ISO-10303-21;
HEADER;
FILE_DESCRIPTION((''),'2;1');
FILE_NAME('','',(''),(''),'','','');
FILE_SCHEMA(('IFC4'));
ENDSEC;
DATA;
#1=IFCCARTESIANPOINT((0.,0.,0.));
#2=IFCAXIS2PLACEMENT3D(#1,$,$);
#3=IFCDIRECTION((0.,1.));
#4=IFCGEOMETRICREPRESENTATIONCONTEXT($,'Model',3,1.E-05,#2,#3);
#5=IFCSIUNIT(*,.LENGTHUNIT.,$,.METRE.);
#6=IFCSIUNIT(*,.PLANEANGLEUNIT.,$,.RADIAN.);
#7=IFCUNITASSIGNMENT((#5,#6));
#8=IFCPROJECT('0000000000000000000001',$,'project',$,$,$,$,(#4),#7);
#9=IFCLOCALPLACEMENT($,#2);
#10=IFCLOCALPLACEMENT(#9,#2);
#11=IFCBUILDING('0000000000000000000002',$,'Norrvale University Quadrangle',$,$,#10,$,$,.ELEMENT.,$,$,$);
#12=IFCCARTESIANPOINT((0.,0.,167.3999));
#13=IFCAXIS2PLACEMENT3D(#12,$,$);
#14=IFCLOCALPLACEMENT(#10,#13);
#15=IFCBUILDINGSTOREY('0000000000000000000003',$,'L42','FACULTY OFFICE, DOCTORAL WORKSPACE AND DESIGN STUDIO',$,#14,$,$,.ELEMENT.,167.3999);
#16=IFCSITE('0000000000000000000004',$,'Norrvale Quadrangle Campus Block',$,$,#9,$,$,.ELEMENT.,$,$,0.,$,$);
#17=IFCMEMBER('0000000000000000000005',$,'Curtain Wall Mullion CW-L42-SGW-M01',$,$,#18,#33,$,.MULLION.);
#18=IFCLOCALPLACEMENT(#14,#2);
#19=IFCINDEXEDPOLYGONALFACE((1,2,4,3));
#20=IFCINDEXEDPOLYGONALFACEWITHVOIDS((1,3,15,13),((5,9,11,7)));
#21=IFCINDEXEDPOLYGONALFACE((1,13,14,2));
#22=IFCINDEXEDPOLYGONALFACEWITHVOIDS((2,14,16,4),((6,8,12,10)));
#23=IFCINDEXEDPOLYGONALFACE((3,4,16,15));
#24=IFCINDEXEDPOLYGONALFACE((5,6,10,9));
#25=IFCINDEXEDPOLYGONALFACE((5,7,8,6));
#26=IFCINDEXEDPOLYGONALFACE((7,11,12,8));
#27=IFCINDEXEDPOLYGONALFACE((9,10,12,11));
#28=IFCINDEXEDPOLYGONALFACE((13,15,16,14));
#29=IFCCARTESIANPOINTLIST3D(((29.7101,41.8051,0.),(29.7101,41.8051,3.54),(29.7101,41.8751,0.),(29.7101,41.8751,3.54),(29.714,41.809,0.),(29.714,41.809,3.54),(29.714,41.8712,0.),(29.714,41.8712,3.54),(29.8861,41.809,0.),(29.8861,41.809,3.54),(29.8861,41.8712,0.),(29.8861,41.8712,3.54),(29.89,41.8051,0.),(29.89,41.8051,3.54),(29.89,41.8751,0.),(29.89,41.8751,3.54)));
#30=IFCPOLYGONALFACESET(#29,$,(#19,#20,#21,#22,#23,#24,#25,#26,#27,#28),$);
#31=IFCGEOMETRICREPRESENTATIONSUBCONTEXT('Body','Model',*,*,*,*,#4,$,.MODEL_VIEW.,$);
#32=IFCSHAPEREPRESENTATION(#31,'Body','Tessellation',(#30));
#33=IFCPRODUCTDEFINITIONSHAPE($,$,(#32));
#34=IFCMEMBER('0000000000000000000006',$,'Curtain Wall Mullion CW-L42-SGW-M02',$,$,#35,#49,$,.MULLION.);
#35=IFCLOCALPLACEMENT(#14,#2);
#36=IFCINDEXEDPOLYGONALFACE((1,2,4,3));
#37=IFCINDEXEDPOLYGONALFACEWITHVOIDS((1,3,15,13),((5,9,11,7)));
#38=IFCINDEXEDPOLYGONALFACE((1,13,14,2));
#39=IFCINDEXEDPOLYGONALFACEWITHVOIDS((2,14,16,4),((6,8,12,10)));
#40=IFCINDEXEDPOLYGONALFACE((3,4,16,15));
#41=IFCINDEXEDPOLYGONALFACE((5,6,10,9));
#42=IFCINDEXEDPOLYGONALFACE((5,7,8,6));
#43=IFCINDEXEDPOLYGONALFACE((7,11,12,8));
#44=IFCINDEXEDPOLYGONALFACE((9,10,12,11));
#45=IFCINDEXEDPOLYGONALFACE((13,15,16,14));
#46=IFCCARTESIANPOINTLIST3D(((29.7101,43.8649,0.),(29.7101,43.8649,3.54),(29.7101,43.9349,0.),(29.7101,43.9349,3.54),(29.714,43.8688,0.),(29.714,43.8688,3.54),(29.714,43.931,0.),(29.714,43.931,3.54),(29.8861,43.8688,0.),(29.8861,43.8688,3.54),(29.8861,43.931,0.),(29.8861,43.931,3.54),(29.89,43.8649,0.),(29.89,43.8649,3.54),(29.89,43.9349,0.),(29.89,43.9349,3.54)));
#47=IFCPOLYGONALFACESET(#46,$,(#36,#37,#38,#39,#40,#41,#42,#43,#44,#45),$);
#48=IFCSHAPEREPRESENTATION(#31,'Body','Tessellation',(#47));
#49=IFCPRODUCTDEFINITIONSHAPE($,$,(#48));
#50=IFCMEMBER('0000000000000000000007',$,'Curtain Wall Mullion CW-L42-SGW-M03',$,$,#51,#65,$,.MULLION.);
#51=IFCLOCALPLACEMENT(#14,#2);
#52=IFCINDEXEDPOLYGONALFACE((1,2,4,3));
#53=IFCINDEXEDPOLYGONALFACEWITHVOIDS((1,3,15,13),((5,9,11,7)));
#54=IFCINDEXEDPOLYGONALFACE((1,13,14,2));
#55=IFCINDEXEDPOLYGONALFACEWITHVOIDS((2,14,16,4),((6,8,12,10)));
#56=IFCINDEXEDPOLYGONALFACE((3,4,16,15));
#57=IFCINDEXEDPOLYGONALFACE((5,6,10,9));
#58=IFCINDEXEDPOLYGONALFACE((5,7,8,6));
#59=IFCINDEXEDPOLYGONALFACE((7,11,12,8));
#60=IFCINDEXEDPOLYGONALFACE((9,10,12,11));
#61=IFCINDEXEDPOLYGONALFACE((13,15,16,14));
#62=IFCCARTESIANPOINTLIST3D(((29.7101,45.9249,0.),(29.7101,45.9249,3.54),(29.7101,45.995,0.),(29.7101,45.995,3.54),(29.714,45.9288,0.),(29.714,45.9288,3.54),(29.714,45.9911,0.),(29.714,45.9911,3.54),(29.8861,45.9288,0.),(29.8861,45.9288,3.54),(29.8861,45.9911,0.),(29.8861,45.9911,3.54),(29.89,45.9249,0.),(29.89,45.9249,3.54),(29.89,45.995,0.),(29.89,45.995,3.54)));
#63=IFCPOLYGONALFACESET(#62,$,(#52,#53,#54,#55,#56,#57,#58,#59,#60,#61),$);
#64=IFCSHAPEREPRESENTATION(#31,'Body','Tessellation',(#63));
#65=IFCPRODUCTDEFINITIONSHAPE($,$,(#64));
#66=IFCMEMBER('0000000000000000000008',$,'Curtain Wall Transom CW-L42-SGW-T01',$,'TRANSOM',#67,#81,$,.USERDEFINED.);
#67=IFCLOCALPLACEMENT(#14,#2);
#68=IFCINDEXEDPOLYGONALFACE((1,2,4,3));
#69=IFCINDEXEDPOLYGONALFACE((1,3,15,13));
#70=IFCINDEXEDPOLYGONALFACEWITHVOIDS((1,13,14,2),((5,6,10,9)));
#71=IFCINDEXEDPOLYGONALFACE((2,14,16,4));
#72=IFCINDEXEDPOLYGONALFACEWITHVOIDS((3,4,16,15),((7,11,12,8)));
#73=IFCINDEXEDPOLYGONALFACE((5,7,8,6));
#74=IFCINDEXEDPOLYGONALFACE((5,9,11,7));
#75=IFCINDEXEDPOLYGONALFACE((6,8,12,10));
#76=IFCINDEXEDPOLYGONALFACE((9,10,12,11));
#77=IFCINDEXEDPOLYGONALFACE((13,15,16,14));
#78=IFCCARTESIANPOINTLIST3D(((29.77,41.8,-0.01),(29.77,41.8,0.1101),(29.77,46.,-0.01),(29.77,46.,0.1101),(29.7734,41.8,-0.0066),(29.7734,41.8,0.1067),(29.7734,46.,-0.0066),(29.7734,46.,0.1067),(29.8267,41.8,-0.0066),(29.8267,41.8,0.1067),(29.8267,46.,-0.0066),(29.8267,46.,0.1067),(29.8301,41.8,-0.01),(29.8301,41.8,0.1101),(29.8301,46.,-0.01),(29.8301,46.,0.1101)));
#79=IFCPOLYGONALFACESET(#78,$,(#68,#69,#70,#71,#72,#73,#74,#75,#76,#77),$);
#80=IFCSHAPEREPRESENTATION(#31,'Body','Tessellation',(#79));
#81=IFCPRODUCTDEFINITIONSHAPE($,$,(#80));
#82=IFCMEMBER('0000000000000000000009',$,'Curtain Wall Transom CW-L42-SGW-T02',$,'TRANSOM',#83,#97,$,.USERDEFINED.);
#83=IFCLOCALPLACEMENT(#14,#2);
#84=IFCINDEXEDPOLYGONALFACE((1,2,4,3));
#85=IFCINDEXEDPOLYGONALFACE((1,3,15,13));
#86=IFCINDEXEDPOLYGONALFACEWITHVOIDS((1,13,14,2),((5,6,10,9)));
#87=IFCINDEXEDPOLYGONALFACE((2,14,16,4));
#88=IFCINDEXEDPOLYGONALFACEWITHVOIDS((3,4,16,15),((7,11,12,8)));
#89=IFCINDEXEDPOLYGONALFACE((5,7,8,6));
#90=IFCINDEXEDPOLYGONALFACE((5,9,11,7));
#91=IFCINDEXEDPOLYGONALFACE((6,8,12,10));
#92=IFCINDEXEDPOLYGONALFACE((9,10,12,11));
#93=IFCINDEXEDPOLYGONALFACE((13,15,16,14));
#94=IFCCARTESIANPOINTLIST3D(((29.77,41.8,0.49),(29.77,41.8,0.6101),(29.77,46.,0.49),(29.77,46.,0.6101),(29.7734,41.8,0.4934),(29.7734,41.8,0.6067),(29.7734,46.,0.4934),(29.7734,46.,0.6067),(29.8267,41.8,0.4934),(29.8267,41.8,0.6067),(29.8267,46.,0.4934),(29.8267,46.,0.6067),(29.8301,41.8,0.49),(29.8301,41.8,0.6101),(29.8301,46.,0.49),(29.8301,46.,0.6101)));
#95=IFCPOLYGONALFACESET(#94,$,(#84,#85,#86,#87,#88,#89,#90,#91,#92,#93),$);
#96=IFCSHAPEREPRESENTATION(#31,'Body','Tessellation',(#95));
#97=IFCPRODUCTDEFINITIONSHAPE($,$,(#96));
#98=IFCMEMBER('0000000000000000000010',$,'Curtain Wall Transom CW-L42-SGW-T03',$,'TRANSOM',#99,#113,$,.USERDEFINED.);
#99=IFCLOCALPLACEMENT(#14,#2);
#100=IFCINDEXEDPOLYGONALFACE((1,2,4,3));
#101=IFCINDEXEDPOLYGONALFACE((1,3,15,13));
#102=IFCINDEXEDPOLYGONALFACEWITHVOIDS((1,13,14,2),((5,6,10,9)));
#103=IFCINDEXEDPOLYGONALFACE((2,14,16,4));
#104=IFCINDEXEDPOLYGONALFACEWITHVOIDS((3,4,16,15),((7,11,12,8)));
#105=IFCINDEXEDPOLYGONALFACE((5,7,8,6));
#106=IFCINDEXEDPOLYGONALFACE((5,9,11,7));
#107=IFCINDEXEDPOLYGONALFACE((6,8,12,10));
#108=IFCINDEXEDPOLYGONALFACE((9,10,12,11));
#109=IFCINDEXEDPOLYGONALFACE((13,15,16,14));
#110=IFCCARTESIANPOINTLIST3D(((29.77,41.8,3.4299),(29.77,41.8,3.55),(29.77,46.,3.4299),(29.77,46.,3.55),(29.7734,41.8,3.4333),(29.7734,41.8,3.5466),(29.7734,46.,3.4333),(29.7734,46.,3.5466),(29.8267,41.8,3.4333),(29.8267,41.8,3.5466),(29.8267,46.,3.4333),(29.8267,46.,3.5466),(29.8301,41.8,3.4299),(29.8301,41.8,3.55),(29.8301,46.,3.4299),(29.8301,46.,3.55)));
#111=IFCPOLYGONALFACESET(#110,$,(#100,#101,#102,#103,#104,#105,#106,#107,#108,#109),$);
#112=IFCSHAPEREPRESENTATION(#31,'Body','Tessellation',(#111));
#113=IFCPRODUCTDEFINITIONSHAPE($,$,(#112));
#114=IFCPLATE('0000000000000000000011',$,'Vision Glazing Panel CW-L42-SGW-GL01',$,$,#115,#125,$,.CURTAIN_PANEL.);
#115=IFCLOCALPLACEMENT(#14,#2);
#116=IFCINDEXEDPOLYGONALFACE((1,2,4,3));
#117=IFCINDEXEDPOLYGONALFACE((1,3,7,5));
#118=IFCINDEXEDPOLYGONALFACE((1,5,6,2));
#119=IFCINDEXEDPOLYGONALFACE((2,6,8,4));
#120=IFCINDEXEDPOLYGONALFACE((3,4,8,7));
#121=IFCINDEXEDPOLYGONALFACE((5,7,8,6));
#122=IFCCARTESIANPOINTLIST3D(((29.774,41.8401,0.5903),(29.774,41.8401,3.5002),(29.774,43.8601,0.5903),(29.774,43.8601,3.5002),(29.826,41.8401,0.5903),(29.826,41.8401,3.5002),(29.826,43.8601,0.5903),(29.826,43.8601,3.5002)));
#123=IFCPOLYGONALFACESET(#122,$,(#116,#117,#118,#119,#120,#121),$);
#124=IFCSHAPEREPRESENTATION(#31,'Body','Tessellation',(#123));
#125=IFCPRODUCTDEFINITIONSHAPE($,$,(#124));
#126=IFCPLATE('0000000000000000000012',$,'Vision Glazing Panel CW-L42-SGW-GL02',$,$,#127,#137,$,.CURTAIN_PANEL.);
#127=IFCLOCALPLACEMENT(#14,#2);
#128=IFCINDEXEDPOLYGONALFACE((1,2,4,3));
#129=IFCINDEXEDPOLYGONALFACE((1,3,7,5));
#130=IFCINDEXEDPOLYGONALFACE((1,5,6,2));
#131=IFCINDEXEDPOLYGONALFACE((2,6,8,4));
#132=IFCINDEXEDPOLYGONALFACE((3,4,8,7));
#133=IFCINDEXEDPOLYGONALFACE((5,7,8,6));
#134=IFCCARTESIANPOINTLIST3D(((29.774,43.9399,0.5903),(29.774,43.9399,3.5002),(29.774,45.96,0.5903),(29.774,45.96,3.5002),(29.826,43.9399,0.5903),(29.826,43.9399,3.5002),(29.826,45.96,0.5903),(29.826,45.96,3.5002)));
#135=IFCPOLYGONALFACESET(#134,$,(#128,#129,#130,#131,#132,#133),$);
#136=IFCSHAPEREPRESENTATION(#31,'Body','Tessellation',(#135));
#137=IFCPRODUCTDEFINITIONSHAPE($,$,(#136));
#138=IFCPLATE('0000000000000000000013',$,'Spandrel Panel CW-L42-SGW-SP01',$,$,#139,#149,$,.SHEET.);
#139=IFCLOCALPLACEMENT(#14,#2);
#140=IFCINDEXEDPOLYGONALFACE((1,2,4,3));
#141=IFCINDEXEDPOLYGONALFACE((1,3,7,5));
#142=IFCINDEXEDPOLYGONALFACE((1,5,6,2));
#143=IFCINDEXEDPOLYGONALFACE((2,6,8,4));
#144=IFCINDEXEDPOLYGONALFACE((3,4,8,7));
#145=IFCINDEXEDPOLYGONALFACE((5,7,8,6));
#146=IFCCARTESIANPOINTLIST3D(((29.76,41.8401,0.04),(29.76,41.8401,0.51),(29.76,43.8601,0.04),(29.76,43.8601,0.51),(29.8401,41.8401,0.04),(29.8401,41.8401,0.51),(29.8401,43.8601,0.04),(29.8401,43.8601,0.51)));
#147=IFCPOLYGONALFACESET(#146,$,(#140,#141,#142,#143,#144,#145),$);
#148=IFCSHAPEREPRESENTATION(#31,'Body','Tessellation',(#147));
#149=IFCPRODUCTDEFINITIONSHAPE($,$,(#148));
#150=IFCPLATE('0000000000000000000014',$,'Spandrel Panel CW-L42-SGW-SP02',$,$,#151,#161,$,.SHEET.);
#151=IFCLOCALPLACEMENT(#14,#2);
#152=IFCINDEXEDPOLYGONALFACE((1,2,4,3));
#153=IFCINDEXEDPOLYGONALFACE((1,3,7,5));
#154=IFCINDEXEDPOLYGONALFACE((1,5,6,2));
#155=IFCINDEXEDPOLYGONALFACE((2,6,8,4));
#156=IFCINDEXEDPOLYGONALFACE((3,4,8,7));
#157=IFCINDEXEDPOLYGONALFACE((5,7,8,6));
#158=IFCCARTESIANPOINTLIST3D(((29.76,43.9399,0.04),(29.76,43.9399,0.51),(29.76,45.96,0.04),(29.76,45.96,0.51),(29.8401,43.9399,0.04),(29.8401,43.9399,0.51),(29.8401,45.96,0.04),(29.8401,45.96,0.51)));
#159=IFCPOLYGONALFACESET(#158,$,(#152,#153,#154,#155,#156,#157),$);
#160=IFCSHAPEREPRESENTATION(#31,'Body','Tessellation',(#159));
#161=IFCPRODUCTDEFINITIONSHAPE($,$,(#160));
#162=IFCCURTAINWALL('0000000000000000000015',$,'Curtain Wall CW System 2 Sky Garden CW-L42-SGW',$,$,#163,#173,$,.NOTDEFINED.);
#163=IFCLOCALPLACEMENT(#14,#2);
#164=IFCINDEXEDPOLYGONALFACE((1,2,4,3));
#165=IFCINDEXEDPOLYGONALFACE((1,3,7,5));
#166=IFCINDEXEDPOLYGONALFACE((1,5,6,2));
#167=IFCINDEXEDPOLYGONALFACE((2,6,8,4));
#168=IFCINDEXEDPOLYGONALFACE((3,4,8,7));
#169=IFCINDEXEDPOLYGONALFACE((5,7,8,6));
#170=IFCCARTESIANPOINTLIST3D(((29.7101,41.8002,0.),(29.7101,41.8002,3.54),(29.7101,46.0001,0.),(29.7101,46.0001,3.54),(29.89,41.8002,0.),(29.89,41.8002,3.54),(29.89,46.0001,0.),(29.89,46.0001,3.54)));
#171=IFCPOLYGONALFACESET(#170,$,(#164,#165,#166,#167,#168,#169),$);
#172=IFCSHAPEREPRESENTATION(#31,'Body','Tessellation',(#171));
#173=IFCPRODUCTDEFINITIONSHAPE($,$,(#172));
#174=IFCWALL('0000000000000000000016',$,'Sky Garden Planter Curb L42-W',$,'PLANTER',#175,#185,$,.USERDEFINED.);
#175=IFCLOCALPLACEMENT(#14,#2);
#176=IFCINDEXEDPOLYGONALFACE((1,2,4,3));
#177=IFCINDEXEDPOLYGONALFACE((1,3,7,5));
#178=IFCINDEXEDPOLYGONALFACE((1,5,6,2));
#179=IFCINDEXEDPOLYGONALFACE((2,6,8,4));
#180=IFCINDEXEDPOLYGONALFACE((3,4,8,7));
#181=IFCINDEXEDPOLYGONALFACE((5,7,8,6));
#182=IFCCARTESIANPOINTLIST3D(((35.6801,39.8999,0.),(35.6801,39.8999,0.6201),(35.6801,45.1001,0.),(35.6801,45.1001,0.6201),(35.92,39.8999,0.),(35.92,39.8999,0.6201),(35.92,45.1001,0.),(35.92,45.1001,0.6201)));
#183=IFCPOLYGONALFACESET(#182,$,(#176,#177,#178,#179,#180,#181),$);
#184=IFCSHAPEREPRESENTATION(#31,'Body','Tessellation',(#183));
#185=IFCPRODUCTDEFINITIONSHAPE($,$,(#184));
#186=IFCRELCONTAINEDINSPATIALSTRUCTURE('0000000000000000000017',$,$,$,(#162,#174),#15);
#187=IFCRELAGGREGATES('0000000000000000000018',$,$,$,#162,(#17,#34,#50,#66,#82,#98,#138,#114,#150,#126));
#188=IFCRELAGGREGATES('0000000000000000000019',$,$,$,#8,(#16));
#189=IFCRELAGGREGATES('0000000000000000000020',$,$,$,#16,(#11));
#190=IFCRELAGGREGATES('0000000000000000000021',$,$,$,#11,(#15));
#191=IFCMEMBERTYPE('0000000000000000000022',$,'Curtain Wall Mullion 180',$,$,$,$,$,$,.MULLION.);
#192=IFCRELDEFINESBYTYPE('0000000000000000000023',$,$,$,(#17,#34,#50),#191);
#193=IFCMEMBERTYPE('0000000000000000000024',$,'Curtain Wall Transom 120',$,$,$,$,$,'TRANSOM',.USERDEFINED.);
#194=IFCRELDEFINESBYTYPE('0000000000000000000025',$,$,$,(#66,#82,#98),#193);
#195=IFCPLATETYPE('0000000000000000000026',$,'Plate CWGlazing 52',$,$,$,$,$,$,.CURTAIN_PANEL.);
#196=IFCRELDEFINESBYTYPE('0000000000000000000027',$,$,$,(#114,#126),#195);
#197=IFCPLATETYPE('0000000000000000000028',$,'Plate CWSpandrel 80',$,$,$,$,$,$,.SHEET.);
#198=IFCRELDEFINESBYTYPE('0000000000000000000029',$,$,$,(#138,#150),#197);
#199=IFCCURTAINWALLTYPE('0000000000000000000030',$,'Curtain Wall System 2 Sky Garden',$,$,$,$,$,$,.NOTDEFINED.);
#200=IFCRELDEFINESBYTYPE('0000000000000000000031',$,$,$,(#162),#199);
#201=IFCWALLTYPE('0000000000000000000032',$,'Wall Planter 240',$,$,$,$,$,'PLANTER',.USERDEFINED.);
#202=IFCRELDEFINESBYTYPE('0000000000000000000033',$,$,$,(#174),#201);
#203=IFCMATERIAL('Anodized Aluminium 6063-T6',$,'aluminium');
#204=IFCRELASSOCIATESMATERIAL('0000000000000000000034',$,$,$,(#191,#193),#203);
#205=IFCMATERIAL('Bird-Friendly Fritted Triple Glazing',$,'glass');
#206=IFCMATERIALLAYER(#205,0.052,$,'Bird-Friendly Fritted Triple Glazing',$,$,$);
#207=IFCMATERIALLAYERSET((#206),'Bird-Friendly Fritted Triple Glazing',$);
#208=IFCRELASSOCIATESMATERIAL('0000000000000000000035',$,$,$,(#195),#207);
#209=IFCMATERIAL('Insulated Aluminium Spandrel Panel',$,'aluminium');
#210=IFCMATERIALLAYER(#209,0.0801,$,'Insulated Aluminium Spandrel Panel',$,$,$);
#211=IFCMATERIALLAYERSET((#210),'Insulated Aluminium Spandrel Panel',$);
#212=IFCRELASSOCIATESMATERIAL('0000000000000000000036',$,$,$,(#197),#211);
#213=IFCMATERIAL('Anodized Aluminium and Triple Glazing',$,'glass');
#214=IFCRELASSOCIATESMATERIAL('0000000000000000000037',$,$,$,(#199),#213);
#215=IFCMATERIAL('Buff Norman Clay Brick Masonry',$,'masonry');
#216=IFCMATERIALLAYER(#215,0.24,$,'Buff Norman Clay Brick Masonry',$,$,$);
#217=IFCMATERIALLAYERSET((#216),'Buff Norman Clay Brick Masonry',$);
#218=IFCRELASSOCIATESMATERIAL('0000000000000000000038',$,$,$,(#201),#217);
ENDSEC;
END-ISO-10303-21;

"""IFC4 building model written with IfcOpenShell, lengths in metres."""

from ifc_helpers import new_model, si_unit, direction, frame, frame_2d, origin, origin_2d, place, context, subcontext, project, spatial, rectangle, hollow_rectangle, extrude, material, layer, layer_set, material_profile, profile_set, type_object, element, aggregate, save


model = new_model("IFC4")

# Units and contexts
model_context = context("Model", 3, precision=1e-05, world=origin(), true_north=direction((0.0, 1.0)))
body_context = subcontext(model_context, "Body", "Model", "MODEL_VIEW")
ifc_project = project(units=[si_unit("LENGTHUNIT", "METRE"), si_unit("PLANEANGLEUNIT", "RADIAN")], contexts=[model_context])

# Members
ifc_material_1 = material(Name="Anodized Aluminium 6063-T6", Category="aluminium")
ifc_material_profile_1 = material_profile(ifc_material_1, hollow_rectangle(XDim=0.0701, YDim=0.1799, WallThickness=0.0039, at=origin_2d()), Name="Anodized Aluminium 6063-T6")
ifc_profile_set_1 = profile_set([ifc_material_profile_1], Name="Anodized Aluminium 6063-T6")
member_type_1 = type_object("IfcMemberType", Name="Curtain Wall Mullion 180", PredefinedType="MULLION", material=ifc_profile_set_1)
site_placement = place(None, origin())
building_placement = place(site_placement, origin())
storey_placement = place(building_placement, frame((0.0, 0.0, 167.3999)))
member_1_placement = place(storey_placement, frame((29.8, 41.8401, 0.0), z_axis=(0.0, 0.0, 1.0), x_axis=(0.0, 1.0, 0.0)))
member_1 = element("IfcMember", 1, at=member_1_placement, type_object=member_type_1, Name="Curtain Wall Mullion CW-L42-SGW-M01", PredefinedType="MULLION", context=body_context, shape_type="SweptSolid", body=[
    extrude(hollow_rectangle(XDim=0.0701, YDim=0.1799, WallThickness=0.0039, at=origin_2d()), origin(), (0.0, 0.0, 1.0), 3.54),
])
member_2_placement = place(storey_placement, frame((29.8, 43.8999, 0.0), z_axis=(0.0, 0.0, 1.0), x_axis=(0.0, 1.0, 0.0)))
member_2 = element("IfcMember", 2, at=member_2_placement, type_object=member_type_1, Name="Curtain Wall Mullion CW-L42-SGW-M02", PredefinedType="MULLION", context=body_context, shape_type="SweptSolid", body=[
    extrude(hollow_rectangle(XDim=0.0701, YDim=0.1799, WallThickness=0.0039, at=origin_2d()), origin(), (0.0, 0.0, 1.0), 3.54),
])
member_3_placement = place(storey_placement, frame((29.8, 45.96, 0.0), z_axis=(0.0, 0.0, 1.0), x_axis=(0.0, 1.0, 0.0)))
member_3 = element("IfcMember", 3, at=member_3_placement, type_object=member_type_1, Name="Curtain Wall Mullion CW-L42-SGW-M03", PredefinedType="MULLION", context=body_context, shape_type="SweptSolid", body=[
    extrude(hollow_rectangle(XDim=0.0701, YDim=0.1799, WallThickness=0.0039, at=origin_2d()), origin(), (0.0, 0.0, 1.0), 3.54),
])
ifc_material_profile_2 = material_profile(ifc_material_1, hollow_rectangle(XDim=0.0601, YDim=0.1201, WallThickness=0.0034, at=origin_2d()), Name="Anodized Aluminium 6063-T6")
ifc_profile_set_2 = profile_set([ifc_material_profile_2], Name="Anodized Aluminium 6063-T6")
member_type_2 = type_object("IfcMemberType", Name="Curtain Wall Transom 120", ElementType="TRANSOM", PredefinedType="USERDEFINED", material=ifc_profile_set_2)
member_4_placement = place(storey_placement, frame((29.8, 41.8, 0.05), z_axis=(0.0, 1.0, 0.0), x_axis=(-1.0, 0.0, 0.0)))
member_4 = element("IfcMember", 4, at=member_4_placement, type_object=member_type_2, Name="Curtain Wall Transom CW-L42-SGW-T01", ObjectType="TRANSOM", PredefinedType="USERDEFINED", context=body_context, shape_type="SweptSolid", body=[
    extrude(hollow_rectangle(XDim=0.0601, YDim=0.1201, WallThickness=0.0034, at=origin_2d()), origin(), (0.0, 0.0, 1.0), 4.2),
])
member_5_placement = place(storey_placement, frame((29.8, 41.8, 0.55), z_axis=(0.0, 1.0, 0.0), x_axis=(-1.0, 0.0, 0.0)))
member_5 = element("IfcMember", 5, at=member_5_placement, type_object=member_type_2, Name="Curtain Wall Transom CW-L42-SGW-T02", ObjectType="TRANSOM", PredefinedType="USERDEFINED", context=body_context, shape_type="SweptSolid", body=[
    extrude(hollow_rectangle(XDim=0.0601, YDim=0.1201, WallThickness=0.0034, at=origin_2d()), origin(), (0.0, 0.0, 1.0), 4.2),
])
member_6_placement = place(storey_placement, frame((29.8, 41.8, 3.49), z_axis=(0.0, 1.0, 0.0), x_axis=(-1.0, 0.0, 0.0)))
member_6 = element("IfcMember", 6, at=member_6_placement, type_object=member_type_2, Name="Curtain Wall Transom CW-L42-SGW-T03", ObjectType="TRANSOM", PredefinedType="USERDEFINED", context=body_context, shape_type="SweptSolid", body=[
    extrude(hollow_rectangle(XDim=0.0601, YDim=0.1201, WallThickness=0.0034, at=origin_2d()), origin(), (0.0, 0.0, 1.0), 4.2),
])

# Plates
ifc_material_2 = material(Name="Bird-Friendly Fritted Triple Glazing", Category="glass")
ifc_layer_1 = layer(ifc_material_2, 0.052, Name="Bird-Friendly Fritted Triple Glazing")
ifc_layer_set_1 = layer_set([ifc_layer_1], Name="Bird-Friendly Fritted Triple Glazing")
plate_type_1 = type_object("IfcPlateType", Name="Plate CWGlazing 52", PredefinedType="CURTAIN_PANEL", material=ifc_layer_set_1)
plate_1_placement = place(storey_placement, frame((29.8, 42.8501, 0.5903), z_axis=(0.0, 0.0, 1.0), x_axis=(0.0, 1.0, 0.0)))
plate_1 = element("IfcPlate", 7, at=plate_1_placement, type_object=plate_type_1, Name="Vision Glazing Panel CW-L42-SGW-GL01", PredefinedType="CURTAIN_PANEL", context=body_context, shape_type="SweptSolid", body=[
    extrude(rectangle(XDim=2.02, YDim=0.052, at=origin_2d()), origin(), (0.0, 0.0, 1.0), 2.9099),
])
plate_2_placement = place(storey_placement, frame((29.8, 44.95, 0.5903), z_axis=(0.0, 0.0, 1.0), x_axis=(0.0, 1.0, 0.0)))
plate_2 = element("IfcPlate", 8, at=plate_2_placement, type_object=plate_type_1, Name="Vision Glazing Panel CW-L42-SGW-GL02", PredefinedType="CURTAIN_PANEL", context=body_context, shape_type="SweptSolid", body=[
    extrude(rectangle(XDim=2.02, YDim=0.052, at=origin_2d()), origin(), (0.0, 0.0, 1.0), 2.9099),
])
ifc_material_3 = material(Name="Insulated Aluminium Spandrel Panel", Category="aluminium")
ifc_layer_2 = layer(ifc_material_3, 0.0801, Name="Insulated Aluminium Spandrel Panel")
ifc_layer_set_2 = layer_set([ifc_layer_2], Name="Insulated Aluminium Spandrel Panel")
plate_type_2 = type_object("IfcPlateType", Name="Plate CWSpandrel 80", PredefinedType="SHEET", material=ifc_layer_set_2)
plate_3_placement = place(storey_placement, frame((29.8, 42.8501, 0.04), z_axis=(0.0, 0.0, 1.0), x_axis=(0.0, 1.0, 0.0)))
plate_3 = element("IfcPlate", 9, at=plate_3_placement, type_object=plate_type_2, Name="Spandrel Panel CW-L42-SGW-SP01", PredefinedType="SHEET", context=body_context, shape_type="SweptSolid", body=[
    extrude(rectangle(XDim=2.02, YDim=0.0801, at=origin_2d()), origin(), (0.0, 0.0, 1.0), 0.47),
])
plate_4_placement = place(storey_placement, frame((29.8, 44.95, 0.04), z_axis=(0.0, 0.0, 1.0), x_axis=(0.0, 1.0, 0.0)))
plate_4 = element("IfcPlate", 10, at=plate_4_placement, type_object=plate_type_2, Name="Spandrel Panel CW-L42-SGW-SP02", PredefinedType="SHEET", context=body_context, shape_type="SweptSolid", body=[
    extrude(rectangle(XDim=2.02, YDim=0.0801, at=origin_2d()), origin(), (0.0, 0.0, 1.0), 0.47),
])

# Site, building, storey
site = spatial("IfcSite", under=ifc_project, at=site_placement, Name="Norrvale Quadrangle Campus Block", CompositionType="ELEMENT", RefElevation=0.0)
building = spatial("IfcBuilding", under=site, at=building_placement, Name="Norrvale University Quadrangle", CompositionType="ELEMENT")
storey = spatial("IfcBuildingStorey", under=building, at=storey_placement, Name="L42", Description="FACULTY OFFICE, DOCTORAL WORKSPACE AND DESIGN STUDIO", CompositionType="ELEMENT", Elevation=167.3999)

# Curtain wall
ifc_material_4 = material(Name="Anodized Aluminium and Triple Glazing", Category="glass")
curtain_wall_type = type_object("IfcCurtainWallType", Name="Curtain Wall System 2 Sky Garden", PredefinedType="NOTDEFINED", material=ifc_material_4)
curtain_wall_1_placement = place(storey_placement, frame((29.8, 41.8, 0.0), z_axis=(0.0, 0.0, 1.0), x_axis=(0.0, 1.0, 0.0)))
curtain_wall_1 = element("IfcCurtainWall", 11, at=curtain_wall_1_placement, inside=storey, type_object=curtain_wall_type, Name="Curtain Wall CW System 2 Sky Garden CW-L42-SGW", PredefinedType="NOTDEFINED", context=body_context, shape_type="SweptSolid", body=[
    extrude(rectangle(XDim=4.2, YDim=0.1799, at=frame_2d((2.1001, 0.0))), origin(), (0.0, 0.0, 1.0), 3.54),
])
aggregate(curtain_wall_1, [member_1, member_2, member_3, member_4, member_5, member_6, plate_3, plate_1, plate_4, plate_2])

# Wall
ifc_material_5 = material(Name="Buff Norman Clay Brick Masonry", Category="masonry")
ifc_layer_3 = layer(ifc_material_5, 0.24, Name="Buff Norman Clay Brick Masonry")
ifc_layer_set_3 = layer_set([ifc_layer_3], Name="Buff Norman Clay Brick Masonry")
wall_type = type_object("IfcWallType", Name="Wall Planter 240", ElementType="PLANTER", PredefinedType="USERDEFINED", material=ifc_layer_set_3)
wall_placement = place(storey_placement, frame((35.8, 39.8999, 0.0), z_axis=(0.0, 0.0, 1.0), x_axis=(0.0, 1.0, 0.0)))
element("IfcWall", 12, at=wall_placement, inside=storey, type_object=wall_type, Name="Sky Garden Planter Curb L42-W", ObjectType="PLANTER", PredefinedType="USERDEFINED", context=body_context, shape_type="SweptSolid", body=[
    extrude(rectangle(XDim=5.2002, YDim=0.24, at=frame_2d((2.6001, 0.0))), origin(), (0.0, 0.0, 1.0), 0.6201),
])

save(model, "model.ifc")
